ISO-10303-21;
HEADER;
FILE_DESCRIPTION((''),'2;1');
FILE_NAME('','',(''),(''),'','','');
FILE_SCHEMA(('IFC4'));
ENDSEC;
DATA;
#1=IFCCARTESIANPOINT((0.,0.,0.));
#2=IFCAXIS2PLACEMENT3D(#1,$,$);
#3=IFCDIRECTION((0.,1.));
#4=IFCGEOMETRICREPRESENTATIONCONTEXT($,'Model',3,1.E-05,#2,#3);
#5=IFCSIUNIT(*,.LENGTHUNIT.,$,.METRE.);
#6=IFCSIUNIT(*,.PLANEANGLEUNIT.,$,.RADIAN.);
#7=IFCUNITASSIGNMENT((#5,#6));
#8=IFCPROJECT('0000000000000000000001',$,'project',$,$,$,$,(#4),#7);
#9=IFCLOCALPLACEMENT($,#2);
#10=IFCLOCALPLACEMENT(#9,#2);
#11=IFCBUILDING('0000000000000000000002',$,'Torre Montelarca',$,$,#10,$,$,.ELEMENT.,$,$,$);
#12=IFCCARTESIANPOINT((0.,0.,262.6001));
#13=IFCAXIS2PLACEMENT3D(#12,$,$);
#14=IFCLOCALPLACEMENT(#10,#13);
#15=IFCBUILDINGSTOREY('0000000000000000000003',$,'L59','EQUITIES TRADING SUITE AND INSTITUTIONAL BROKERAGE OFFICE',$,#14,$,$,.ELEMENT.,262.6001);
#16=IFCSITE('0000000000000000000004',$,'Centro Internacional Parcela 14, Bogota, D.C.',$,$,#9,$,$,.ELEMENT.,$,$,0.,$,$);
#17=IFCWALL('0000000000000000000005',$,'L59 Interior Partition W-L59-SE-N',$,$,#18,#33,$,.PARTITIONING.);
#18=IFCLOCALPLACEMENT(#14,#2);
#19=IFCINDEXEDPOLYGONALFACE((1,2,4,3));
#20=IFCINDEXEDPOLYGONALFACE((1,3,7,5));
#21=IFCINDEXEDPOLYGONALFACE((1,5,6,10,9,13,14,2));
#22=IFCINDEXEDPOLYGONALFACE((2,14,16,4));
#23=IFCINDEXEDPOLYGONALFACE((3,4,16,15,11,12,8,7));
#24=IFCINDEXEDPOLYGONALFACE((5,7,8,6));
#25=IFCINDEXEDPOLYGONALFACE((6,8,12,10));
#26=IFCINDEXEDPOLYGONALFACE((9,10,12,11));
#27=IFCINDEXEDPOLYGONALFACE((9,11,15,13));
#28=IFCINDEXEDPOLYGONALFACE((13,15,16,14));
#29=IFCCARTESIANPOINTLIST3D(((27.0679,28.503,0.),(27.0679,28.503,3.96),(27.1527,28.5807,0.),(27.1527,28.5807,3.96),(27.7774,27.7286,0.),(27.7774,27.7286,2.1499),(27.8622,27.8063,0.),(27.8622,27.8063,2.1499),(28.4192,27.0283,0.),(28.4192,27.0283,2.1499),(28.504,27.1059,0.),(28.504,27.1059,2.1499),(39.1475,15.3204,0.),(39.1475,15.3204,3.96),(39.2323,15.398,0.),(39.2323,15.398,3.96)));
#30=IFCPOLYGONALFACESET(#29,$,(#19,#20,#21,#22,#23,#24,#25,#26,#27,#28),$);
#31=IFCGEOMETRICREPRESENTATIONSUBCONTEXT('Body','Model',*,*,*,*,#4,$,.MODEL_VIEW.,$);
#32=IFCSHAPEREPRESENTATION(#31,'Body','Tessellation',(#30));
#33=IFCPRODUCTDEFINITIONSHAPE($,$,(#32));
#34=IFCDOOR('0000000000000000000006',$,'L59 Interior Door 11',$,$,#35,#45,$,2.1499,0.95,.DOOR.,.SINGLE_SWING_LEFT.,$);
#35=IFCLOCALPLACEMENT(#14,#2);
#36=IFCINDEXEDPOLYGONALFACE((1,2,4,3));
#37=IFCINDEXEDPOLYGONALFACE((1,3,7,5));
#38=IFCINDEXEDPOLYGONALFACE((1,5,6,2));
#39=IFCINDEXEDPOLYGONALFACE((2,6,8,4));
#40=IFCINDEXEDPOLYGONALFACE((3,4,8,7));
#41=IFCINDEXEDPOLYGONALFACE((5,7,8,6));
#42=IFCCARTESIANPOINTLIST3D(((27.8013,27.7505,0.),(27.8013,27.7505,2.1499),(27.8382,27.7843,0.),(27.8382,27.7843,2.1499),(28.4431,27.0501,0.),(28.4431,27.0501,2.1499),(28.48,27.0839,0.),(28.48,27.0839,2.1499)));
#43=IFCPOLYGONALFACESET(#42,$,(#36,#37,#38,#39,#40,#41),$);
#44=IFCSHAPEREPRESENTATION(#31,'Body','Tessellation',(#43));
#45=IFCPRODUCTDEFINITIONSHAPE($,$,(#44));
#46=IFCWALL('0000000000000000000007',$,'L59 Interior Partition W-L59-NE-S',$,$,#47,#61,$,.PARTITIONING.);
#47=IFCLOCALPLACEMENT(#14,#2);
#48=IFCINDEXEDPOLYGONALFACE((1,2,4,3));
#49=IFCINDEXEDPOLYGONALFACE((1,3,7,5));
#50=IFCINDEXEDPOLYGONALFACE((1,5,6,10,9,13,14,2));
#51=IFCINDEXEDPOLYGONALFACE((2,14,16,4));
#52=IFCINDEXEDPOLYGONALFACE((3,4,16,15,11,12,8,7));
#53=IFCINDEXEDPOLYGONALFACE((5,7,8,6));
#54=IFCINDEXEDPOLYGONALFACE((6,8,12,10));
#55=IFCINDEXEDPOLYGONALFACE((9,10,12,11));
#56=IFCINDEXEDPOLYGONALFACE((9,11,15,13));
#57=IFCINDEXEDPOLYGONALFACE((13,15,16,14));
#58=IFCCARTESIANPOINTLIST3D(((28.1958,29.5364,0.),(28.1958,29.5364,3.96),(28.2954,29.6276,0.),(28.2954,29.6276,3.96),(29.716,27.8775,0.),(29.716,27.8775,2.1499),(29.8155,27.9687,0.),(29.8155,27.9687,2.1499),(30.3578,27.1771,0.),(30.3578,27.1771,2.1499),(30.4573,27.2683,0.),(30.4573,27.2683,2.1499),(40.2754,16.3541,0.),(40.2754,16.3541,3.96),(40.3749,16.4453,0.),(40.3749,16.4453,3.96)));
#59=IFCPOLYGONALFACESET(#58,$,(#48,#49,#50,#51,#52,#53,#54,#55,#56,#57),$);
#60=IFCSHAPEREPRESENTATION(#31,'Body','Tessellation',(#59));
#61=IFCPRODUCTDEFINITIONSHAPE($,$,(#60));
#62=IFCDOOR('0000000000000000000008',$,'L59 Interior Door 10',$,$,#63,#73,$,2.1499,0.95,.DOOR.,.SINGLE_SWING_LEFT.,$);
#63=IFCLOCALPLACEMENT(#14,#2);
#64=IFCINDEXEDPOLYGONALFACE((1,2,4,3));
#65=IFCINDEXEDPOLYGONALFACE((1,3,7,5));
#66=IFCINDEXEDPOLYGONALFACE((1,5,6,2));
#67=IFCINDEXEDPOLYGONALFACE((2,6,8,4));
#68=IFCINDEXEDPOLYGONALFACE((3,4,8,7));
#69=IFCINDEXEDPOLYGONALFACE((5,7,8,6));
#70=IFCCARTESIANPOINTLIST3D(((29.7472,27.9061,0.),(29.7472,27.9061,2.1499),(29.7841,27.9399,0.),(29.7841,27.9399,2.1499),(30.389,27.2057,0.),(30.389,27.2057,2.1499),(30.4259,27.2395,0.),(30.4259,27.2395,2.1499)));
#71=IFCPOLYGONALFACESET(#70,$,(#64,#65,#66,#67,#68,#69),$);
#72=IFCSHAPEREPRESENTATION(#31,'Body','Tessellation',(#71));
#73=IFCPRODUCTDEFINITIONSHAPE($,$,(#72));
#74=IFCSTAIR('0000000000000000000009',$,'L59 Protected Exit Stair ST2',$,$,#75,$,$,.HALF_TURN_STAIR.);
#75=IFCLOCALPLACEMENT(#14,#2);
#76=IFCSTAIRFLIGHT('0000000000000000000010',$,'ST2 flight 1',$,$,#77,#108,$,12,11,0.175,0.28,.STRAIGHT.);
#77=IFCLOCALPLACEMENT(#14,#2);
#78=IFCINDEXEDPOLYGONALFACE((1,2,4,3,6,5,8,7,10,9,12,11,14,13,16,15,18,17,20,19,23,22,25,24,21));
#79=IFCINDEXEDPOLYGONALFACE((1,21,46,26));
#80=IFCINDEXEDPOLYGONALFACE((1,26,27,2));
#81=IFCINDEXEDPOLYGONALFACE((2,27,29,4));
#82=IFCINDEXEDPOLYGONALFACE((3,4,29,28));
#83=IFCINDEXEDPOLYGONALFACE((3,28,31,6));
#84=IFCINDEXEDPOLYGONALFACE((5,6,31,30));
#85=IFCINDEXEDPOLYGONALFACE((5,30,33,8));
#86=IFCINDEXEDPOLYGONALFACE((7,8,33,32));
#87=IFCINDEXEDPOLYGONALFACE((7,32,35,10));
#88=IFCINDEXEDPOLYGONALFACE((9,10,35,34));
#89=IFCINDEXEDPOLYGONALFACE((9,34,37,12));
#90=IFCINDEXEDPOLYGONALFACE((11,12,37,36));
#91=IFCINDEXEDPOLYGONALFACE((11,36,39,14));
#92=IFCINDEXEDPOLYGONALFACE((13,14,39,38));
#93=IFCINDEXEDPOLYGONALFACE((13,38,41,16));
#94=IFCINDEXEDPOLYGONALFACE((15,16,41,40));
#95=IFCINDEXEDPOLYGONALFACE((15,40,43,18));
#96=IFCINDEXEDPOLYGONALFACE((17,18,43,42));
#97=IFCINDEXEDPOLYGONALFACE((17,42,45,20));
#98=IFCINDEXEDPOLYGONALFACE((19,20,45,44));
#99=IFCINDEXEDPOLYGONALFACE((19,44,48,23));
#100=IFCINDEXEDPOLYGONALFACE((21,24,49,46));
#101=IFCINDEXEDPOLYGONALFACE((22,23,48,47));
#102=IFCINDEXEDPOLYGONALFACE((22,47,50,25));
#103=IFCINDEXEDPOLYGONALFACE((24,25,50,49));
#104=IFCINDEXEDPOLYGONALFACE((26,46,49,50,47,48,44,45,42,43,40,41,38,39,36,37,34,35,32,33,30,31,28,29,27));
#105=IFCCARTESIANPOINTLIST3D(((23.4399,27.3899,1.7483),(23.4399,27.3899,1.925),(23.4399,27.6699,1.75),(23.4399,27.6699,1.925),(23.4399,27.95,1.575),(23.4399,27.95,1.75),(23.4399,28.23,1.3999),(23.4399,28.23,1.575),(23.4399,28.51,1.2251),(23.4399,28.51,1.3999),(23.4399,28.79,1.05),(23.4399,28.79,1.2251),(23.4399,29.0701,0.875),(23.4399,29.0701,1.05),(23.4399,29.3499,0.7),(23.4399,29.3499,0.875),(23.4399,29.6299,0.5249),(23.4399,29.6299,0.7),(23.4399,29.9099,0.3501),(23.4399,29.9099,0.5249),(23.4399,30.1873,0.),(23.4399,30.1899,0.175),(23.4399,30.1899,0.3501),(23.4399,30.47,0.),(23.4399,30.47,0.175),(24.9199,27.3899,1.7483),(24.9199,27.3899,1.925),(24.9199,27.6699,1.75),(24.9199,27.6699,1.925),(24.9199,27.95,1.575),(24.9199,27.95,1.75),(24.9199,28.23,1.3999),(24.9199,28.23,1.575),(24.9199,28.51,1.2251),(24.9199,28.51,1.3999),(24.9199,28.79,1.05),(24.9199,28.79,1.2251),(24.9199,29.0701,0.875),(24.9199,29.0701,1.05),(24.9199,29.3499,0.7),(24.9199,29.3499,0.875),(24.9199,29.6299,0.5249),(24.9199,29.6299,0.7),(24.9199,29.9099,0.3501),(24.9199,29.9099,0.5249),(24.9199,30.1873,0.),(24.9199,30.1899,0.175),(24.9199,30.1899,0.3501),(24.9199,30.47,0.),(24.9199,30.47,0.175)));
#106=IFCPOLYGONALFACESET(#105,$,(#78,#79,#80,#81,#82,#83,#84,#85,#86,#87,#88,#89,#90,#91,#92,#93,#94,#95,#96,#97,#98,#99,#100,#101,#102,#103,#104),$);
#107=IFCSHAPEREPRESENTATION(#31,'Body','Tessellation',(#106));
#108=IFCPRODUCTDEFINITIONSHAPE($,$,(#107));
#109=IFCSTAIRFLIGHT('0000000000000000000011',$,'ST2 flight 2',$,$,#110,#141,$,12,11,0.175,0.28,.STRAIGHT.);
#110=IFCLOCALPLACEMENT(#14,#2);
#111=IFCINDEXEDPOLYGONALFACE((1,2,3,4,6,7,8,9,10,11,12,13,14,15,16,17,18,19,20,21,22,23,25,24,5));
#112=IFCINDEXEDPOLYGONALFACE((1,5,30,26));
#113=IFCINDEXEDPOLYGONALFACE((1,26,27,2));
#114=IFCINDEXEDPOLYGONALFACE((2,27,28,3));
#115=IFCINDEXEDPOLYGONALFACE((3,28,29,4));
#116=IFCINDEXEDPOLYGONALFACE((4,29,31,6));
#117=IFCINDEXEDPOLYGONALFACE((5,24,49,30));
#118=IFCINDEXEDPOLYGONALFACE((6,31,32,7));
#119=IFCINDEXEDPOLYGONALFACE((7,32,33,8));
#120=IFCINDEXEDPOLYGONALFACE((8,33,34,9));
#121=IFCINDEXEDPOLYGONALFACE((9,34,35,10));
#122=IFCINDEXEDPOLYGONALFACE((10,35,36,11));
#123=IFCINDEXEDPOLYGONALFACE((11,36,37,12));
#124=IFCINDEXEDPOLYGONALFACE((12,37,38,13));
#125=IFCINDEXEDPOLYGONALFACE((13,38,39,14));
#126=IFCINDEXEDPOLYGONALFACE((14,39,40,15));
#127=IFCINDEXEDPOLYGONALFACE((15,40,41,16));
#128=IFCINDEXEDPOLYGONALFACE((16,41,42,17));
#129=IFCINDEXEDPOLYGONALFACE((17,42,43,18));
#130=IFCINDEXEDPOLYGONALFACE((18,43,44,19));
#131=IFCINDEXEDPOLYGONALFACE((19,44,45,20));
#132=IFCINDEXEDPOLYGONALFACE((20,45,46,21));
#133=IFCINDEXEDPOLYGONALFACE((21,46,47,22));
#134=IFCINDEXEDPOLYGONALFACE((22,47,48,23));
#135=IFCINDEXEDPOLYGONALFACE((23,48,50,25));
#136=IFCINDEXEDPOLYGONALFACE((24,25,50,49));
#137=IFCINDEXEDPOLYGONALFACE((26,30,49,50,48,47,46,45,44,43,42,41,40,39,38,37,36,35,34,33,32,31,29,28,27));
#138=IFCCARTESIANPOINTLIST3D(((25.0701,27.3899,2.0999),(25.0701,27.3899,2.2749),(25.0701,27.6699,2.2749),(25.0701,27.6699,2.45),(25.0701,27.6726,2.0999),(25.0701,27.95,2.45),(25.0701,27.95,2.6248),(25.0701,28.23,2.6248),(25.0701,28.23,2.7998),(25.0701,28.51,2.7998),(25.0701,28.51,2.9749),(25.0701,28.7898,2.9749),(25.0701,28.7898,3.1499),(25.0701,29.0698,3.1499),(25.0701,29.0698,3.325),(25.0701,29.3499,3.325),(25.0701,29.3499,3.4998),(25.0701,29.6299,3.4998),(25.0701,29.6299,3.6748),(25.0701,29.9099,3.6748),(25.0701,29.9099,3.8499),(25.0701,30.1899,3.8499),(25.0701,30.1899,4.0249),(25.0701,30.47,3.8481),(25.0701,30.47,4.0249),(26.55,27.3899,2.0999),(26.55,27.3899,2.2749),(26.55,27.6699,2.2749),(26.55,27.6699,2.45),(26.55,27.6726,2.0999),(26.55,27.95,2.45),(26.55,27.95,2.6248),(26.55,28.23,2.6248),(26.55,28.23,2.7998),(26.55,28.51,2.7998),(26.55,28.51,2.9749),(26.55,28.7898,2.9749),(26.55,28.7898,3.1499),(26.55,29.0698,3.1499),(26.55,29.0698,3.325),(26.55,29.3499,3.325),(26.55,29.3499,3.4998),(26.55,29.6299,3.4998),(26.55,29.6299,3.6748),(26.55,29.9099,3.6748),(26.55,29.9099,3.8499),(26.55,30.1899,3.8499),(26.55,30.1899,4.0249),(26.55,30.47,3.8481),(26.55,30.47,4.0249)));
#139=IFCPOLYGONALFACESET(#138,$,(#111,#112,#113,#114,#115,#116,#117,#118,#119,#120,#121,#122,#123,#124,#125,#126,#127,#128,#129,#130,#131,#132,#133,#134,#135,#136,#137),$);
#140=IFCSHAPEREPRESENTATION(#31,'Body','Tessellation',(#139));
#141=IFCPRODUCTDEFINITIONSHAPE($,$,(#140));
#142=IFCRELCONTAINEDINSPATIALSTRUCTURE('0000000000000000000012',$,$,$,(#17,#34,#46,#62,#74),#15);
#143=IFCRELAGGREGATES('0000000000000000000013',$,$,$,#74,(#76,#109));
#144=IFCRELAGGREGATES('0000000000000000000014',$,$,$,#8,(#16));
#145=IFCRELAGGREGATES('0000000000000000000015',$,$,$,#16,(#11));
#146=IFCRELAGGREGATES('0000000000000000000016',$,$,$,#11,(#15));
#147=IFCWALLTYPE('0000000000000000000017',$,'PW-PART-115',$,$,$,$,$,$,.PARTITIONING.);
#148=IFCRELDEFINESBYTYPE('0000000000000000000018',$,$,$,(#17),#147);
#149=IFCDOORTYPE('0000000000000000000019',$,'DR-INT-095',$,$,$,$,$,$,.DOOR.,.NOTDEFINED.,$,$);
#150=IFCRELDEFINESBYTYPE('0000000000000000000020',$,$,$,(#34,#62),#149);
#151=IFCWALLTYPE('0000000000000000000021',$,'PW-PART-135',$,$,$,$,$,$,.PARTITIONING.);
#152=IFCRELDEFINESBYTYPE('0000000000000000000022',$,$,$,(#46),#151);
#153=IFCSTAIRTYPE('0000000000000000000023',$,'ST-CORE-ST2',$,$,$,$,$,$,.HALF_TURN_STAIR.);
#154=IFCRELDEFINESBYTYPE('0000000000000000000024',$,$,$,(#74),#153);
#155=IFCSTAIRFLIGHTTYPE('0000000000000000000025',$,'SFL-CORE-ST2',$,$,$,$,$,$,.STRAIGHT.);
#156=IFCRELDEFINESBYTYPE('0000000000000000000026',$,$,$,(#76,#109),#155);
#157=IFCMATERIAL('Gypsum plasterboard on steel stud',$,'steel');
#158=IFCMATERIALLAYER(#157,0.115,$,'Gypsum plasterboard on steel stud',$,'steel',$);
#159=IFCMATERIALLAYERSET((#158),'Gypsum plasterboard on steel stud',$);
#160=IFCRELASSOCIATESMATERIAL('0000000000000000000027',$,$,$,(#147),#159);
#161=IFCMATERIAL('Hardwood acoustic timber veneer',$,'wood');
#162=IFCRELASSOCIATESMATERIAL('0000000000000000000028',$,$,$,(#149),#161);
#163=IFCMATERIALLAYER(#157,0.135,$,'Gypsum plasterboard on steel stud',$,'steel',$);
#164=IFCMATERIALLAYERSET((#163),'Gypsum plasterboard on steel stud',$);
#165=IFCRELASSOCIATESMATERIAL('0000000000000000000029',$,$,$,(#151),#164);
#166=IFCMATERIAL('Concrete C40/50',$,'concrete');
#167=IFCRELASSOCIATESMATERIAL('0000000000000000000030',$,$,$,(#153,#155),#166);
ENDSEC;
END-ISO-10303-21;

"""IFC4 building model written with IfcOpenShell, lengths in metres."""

from ifc_helpers import new_model, si_unit, direction, frame, frame_2d, origin, place, context, subcontext, project, spatial, polyline, rectangle, outline, extrude, source, transform, mapped, material, layer, layer_set, type_object, element, fill, aggregate, save


model = new_model("IFC4")

# Units and contexts
model_context = context("Model", 3, precision=1e-05, world=origin(), true_north=direction((0.0, 1.0)))
body_context = subcontext(model_context, "Body", "Model", "MODEL_VIEW")
ifc_project = project(units=[si_unit("LENGTHUNIT", "METRE"), si_unit("PLANEANGLEUNIT", "RADIAN")], contexts=[model_context])

# Site, building, storey
site_placement = place(None, origin())
site = spatial("IfcSite", under=ifc_project, at=site_placement, Name="Centro Internacional Parcela 14, Bogota, D.C.", CompositionType="ELEMENT", RefElevation=0.0)
building_placement = place(site_placement, origin())
building = spatial("IfcBuilding", under=site, at=building_placement, Name="Torre Montelarca", CompositionType="ELEMENT")
storey_placement = place(building_placement, frame((0.0, 0.0, 262.6001)))
storey = spatial("IfcBuildingStorey", under=building, at=storey_placement, Name="L59", Description="EQUITIES TRADING SUITE AND INSTITUTIONAL BROKERAGE OFFICE", CompositionType="ELEMENT", Elevation=262.6001)

# Shared definitions
ifc_material_1 = material(Name="Concrete C40/50", Category="concrete")

# Shared definitions
ifc_material_2 = material(Name="Gypsum plasterboard on steel stud", Category="steel")

# Walls, openings, doors
ifc_layer_1 = layer(ifc_material_2, 0.115, Name="Gypsum plasterboard on steel stud", Category="steel")
ifc_layer_set_1 = layer_set([ifc_layer_1], Name="Gypsum plasterboard on steel stud")
wall_type_1 = type_object("IfcWallType", Name="PW-PART-115", PredefinedType="PARTITIONING", material=ifc_layer_set_1)
wall_1_placement = place(storey_placement, frame((27.1104, 28.5417, 0.0), z_axis=(0.0, 0.0, 1.0), x_axis=(0.675589, -0.737279, 0.0)))
wall_1 = element("IfcWall", 1, at=wall_1_placement, inside=storey, type_object=wall_type_1, Name="L59 Interior Partition W-L59-SE-N", PredefinedType="PARTITIONING", context=body_context, shape_type="SweptSolid", body=[
    extrude(rectangle(XDim=17.8801, YDim=0.115, at=frame_2d((8.9399, 0.0))), origin(), (0.0, 0.0, 1.0), 3.96),
])
opening_1_placement = place(wall_1_placement, frame((1.05, 0.0, 0.0)))
opening_1 = element("IfcOpeningElement", 2, at=opening_1_placement, cuts=wall_1, PredefinedType="OPENING", context=body_context, shape_type="SweptSolid", body=[
    extrude(rectangle(XDim=0.95, YDim=2.1499, at=frame_2d((0.4751, 1.075))), frame((0.0, 0.0674, 0.0), z_axis=(0.0, -1.0, 0.0), x_axis=(1.0, 0.0, 0.0)), (0.0, 0.0, 1.0), 0.135),
])
ifc_material_3 = material(Name="Hardwood acoustic timber veneer", Category="wood")
door_type_1 = type_object("IfcDoorType", Name="DR-INT-095", OperationType="NOTDEFINED", PredefinedType="DOOR", material=ifc_material_3)
shared_shape_1 = source(origin(), body_context, "Body", "SweptSolid", [
    extrude(rectangle(XDim=0.95, YDim=2.1499, at=frame_2d((0.4751, 1.075))), frame((0.0, 0.0249, 0.0), z_axis=(0.0, -1.0, 0.0), x_axis=(1.0, 0.0, 0.0)), (0.0, 0.0, 1.0), 0.05),
])
door_1_placement = place(opening_1_placement, origin())
door_1 = element("IfcDoor", 3, at=door_1_placement, inside=storey, type_object=door_type_1, Name="L59 Interior Door 11", OperationType="SINGLE_SWING_LEFT", OverallHeight=2.1499, OverallWidth=0.95, PredefinedType="DOOR", context=body_context, shape_type="MappedRepresentation", body=[
    mapped(shared_shape_1, transform((0.0, 0.0, 0.0), scale=1.0)),
])
fill(opening_1, door_1)
ifc_layer_2 = layer(ifc_material_2, 0.135, Name="Gypsum plasterboard on steel stud", Category="steel")
ifc_layer_set_2 = layer_set([ifc_layer_2], Name="Gypsum plasterboard on steel stud")
wall_type_2 = type_object("IfcWallType", Name="PW-PART-135", PredefinedType="PARTITIONING", material=ifc_layer_set_2)
wall_2_placement = place(storey_placement, frame((28.2456, 29.582, 0.0), z_axis=(0.0, 0.0, 1.0), x_axis=(0.675595, -0.737273, 0.0)))
wall_2 = element("IfcWall", 4, at=wall_2_placement, inside=storey, type_object=wall_type_2, Name="L59 Interior Partition W-L59-NE-S", PredefinedType="PARTITIONING", context=body_context, shape_type="SweptSolid", body=[
    extrude(rectangle(XDim=17.8799, YDim=0.135, at=frame_2d((8.9399, 0.0))), origin(), (0.0, 0.0, 1.0), 3.96),
])
opening_2_placement = place(wall_2_placement, frame((2.25, 0.0, 0.0)))
opening_2 = element("IfcOpeningElement", 5, at=opening_2_placement, cuts=wall_2, PredefinedType="OPENING", context=body_context, shape_type="SweptSolid", body=[
    extrude(rectangle(XDim=0.95, YDim=2.1499, at=frame_2d((0.4751, 1.075))), frame((0.0, 0.0776, 0.0), z_axis=(0.0, -1.0, 0.0), x_axis=(1.0, 0.0, 0.0)), (0.0, 0.0, 1.0), 0.155),
])
door_2_placement = place(opening_2_placement, origin())
door_2 = element("IfcDoor", 6, at=door_2_placement, inside=storey, type_object=door_type_1, Name="L59 Interior Door 10", OperationType="SINGLE_SWING_LEFT", OverallHeight=2.1499, OverallWidth=0.95, PredefinedType="DOOR", context=body_context, shape_type="MappedRepresentation", body=[
    mapped(shared_shape_1, transform((0.0, 0.0, 0.0), scale=1.0)),
])
fill(opening_2, door_2)

# Stair, stair flights
stair_type = type_object("IfcStairType", Name="ST-CORE-ST2", PredefinedType="HALF_TURN_STAIR", material=ifc_material_1)
stair_placement = place(storey_placement, origin())
stair = element("IfcStair", 7, at=stair_placement, inside=storey, type_object=stair_type, Name="L59 Protected Exit Stair ST2", PredefinedType="HALF_TURN_STAIR")
stair_flight_type = type_object("IfcStairFlightType", Name="SFL-CORE-ST2", PredefinedType="STRAIGHT", material=ifc_material_1)
stair_flight_1_placement = place(storey_placement, frame((24.1799, 30.47, 0.0), z_axis=(0.0, 0.0, 1.0), x_axis=(0.0, -1.0, 0.0)))
stair_flight_1 = element("IfcStairFlight", 8, at=stair_flight_1_placement, type_object=stair_flight_type, Name="ST2 flight 1", NumberOfRisers=12, NumberOfTreads=11, PredefinedType="STRAIGHT", RiserHeight=0.175, TreadLength=0.28, context=body_context, shape_type="SweptSolid", body=[
    extrude(outline(polyline([(0.0, 0.0), (0.0, 0.175), (0.28, 0.175), (0.28, 0.3501), (0.5601, 0.3501), (0.5601, 0.5249), (0.8401, 0.5249), (0.8401, 0.7), (1.1201, 0.7), (1.1201, 0.875), (1.3999, 0.875), (1.3999, 1.05), (1.6799, 1.05), (1.6799, 1.2251), (1.96, 1.2251), (1.96, 1.3999), (2.24, 1.3999), (2.24, 1.575), (2.52, 1.575), (2.52, 1.75), (2.8, 1.75), (2.8, 1.925), (3.0801, 1.925), (3.0801, 2.1001), (3.0801, 1.7483), (0.2827, 0.0), (0.0, 0.0)])), frame((0.0, 0.74, 0.0), z_axis=(0.0, -1.0, 0.0), x_axis=(1.0, 0.0, 0.0)), (0.0, 0.0, 1.0), 1.48),
])
stair_flight_2_placement = place(storey_placement, frame((25.8101, 27.3899, 2.0999), z_axis=(0.0, 0.0, 1.0), x_axis=(0.0, 1.0, 0.0)))
stair_flight_2 = element("IfcStairFlight", 9, at=stair_flight_2_placement, type_object=stair_flight_type, Name="ST2 flight 2", NumberOfRisers=12, NumberOfTreads=11, PredefinedType="STRAIGHT", RiserHeight=0.175, TreadLength=0.28, context=body_context, shape_type="SweptSolid", body=[
    extrude(outline(polyline([(0.0, 0.0), (0.0, 0.175), (0.28, 0.175), (0.28, 0.3501), (0.5601, 0.3501), (0.5601, 0.5249), (0.8401, 0.5249), (0.8401, 0.7), (1.1201, 0.7), (1.1201, 0.875), (1.3999, 0.875), (1.3999, 1.05), (1.6799, 1.05), (1.6799, 1.2251), (1.96, 1.2251), (1.96, 1.3999), (2.24, 1.3999), (2.24, 1.575), (2.52, 1.575), (2.52, 1.75), (2.8, 1.75), (2.8, 1.925), (3.0801, 1.925), (3.0801, 2.1001), (3.0801, 1.7483), (0.2827, 0.0), (0.0, 0.0)])), frame((0.0, 0.74, 0.0), z_axis=(0.0, -1.0, 0.0), x_axis=(1.0, 0.0, 0.0)), (0.0, 0.0, 1.0), 1.48),
])
aggregate(stair, [stair_flight_1, stair_flight_2])

save(model, "model.ifc")
